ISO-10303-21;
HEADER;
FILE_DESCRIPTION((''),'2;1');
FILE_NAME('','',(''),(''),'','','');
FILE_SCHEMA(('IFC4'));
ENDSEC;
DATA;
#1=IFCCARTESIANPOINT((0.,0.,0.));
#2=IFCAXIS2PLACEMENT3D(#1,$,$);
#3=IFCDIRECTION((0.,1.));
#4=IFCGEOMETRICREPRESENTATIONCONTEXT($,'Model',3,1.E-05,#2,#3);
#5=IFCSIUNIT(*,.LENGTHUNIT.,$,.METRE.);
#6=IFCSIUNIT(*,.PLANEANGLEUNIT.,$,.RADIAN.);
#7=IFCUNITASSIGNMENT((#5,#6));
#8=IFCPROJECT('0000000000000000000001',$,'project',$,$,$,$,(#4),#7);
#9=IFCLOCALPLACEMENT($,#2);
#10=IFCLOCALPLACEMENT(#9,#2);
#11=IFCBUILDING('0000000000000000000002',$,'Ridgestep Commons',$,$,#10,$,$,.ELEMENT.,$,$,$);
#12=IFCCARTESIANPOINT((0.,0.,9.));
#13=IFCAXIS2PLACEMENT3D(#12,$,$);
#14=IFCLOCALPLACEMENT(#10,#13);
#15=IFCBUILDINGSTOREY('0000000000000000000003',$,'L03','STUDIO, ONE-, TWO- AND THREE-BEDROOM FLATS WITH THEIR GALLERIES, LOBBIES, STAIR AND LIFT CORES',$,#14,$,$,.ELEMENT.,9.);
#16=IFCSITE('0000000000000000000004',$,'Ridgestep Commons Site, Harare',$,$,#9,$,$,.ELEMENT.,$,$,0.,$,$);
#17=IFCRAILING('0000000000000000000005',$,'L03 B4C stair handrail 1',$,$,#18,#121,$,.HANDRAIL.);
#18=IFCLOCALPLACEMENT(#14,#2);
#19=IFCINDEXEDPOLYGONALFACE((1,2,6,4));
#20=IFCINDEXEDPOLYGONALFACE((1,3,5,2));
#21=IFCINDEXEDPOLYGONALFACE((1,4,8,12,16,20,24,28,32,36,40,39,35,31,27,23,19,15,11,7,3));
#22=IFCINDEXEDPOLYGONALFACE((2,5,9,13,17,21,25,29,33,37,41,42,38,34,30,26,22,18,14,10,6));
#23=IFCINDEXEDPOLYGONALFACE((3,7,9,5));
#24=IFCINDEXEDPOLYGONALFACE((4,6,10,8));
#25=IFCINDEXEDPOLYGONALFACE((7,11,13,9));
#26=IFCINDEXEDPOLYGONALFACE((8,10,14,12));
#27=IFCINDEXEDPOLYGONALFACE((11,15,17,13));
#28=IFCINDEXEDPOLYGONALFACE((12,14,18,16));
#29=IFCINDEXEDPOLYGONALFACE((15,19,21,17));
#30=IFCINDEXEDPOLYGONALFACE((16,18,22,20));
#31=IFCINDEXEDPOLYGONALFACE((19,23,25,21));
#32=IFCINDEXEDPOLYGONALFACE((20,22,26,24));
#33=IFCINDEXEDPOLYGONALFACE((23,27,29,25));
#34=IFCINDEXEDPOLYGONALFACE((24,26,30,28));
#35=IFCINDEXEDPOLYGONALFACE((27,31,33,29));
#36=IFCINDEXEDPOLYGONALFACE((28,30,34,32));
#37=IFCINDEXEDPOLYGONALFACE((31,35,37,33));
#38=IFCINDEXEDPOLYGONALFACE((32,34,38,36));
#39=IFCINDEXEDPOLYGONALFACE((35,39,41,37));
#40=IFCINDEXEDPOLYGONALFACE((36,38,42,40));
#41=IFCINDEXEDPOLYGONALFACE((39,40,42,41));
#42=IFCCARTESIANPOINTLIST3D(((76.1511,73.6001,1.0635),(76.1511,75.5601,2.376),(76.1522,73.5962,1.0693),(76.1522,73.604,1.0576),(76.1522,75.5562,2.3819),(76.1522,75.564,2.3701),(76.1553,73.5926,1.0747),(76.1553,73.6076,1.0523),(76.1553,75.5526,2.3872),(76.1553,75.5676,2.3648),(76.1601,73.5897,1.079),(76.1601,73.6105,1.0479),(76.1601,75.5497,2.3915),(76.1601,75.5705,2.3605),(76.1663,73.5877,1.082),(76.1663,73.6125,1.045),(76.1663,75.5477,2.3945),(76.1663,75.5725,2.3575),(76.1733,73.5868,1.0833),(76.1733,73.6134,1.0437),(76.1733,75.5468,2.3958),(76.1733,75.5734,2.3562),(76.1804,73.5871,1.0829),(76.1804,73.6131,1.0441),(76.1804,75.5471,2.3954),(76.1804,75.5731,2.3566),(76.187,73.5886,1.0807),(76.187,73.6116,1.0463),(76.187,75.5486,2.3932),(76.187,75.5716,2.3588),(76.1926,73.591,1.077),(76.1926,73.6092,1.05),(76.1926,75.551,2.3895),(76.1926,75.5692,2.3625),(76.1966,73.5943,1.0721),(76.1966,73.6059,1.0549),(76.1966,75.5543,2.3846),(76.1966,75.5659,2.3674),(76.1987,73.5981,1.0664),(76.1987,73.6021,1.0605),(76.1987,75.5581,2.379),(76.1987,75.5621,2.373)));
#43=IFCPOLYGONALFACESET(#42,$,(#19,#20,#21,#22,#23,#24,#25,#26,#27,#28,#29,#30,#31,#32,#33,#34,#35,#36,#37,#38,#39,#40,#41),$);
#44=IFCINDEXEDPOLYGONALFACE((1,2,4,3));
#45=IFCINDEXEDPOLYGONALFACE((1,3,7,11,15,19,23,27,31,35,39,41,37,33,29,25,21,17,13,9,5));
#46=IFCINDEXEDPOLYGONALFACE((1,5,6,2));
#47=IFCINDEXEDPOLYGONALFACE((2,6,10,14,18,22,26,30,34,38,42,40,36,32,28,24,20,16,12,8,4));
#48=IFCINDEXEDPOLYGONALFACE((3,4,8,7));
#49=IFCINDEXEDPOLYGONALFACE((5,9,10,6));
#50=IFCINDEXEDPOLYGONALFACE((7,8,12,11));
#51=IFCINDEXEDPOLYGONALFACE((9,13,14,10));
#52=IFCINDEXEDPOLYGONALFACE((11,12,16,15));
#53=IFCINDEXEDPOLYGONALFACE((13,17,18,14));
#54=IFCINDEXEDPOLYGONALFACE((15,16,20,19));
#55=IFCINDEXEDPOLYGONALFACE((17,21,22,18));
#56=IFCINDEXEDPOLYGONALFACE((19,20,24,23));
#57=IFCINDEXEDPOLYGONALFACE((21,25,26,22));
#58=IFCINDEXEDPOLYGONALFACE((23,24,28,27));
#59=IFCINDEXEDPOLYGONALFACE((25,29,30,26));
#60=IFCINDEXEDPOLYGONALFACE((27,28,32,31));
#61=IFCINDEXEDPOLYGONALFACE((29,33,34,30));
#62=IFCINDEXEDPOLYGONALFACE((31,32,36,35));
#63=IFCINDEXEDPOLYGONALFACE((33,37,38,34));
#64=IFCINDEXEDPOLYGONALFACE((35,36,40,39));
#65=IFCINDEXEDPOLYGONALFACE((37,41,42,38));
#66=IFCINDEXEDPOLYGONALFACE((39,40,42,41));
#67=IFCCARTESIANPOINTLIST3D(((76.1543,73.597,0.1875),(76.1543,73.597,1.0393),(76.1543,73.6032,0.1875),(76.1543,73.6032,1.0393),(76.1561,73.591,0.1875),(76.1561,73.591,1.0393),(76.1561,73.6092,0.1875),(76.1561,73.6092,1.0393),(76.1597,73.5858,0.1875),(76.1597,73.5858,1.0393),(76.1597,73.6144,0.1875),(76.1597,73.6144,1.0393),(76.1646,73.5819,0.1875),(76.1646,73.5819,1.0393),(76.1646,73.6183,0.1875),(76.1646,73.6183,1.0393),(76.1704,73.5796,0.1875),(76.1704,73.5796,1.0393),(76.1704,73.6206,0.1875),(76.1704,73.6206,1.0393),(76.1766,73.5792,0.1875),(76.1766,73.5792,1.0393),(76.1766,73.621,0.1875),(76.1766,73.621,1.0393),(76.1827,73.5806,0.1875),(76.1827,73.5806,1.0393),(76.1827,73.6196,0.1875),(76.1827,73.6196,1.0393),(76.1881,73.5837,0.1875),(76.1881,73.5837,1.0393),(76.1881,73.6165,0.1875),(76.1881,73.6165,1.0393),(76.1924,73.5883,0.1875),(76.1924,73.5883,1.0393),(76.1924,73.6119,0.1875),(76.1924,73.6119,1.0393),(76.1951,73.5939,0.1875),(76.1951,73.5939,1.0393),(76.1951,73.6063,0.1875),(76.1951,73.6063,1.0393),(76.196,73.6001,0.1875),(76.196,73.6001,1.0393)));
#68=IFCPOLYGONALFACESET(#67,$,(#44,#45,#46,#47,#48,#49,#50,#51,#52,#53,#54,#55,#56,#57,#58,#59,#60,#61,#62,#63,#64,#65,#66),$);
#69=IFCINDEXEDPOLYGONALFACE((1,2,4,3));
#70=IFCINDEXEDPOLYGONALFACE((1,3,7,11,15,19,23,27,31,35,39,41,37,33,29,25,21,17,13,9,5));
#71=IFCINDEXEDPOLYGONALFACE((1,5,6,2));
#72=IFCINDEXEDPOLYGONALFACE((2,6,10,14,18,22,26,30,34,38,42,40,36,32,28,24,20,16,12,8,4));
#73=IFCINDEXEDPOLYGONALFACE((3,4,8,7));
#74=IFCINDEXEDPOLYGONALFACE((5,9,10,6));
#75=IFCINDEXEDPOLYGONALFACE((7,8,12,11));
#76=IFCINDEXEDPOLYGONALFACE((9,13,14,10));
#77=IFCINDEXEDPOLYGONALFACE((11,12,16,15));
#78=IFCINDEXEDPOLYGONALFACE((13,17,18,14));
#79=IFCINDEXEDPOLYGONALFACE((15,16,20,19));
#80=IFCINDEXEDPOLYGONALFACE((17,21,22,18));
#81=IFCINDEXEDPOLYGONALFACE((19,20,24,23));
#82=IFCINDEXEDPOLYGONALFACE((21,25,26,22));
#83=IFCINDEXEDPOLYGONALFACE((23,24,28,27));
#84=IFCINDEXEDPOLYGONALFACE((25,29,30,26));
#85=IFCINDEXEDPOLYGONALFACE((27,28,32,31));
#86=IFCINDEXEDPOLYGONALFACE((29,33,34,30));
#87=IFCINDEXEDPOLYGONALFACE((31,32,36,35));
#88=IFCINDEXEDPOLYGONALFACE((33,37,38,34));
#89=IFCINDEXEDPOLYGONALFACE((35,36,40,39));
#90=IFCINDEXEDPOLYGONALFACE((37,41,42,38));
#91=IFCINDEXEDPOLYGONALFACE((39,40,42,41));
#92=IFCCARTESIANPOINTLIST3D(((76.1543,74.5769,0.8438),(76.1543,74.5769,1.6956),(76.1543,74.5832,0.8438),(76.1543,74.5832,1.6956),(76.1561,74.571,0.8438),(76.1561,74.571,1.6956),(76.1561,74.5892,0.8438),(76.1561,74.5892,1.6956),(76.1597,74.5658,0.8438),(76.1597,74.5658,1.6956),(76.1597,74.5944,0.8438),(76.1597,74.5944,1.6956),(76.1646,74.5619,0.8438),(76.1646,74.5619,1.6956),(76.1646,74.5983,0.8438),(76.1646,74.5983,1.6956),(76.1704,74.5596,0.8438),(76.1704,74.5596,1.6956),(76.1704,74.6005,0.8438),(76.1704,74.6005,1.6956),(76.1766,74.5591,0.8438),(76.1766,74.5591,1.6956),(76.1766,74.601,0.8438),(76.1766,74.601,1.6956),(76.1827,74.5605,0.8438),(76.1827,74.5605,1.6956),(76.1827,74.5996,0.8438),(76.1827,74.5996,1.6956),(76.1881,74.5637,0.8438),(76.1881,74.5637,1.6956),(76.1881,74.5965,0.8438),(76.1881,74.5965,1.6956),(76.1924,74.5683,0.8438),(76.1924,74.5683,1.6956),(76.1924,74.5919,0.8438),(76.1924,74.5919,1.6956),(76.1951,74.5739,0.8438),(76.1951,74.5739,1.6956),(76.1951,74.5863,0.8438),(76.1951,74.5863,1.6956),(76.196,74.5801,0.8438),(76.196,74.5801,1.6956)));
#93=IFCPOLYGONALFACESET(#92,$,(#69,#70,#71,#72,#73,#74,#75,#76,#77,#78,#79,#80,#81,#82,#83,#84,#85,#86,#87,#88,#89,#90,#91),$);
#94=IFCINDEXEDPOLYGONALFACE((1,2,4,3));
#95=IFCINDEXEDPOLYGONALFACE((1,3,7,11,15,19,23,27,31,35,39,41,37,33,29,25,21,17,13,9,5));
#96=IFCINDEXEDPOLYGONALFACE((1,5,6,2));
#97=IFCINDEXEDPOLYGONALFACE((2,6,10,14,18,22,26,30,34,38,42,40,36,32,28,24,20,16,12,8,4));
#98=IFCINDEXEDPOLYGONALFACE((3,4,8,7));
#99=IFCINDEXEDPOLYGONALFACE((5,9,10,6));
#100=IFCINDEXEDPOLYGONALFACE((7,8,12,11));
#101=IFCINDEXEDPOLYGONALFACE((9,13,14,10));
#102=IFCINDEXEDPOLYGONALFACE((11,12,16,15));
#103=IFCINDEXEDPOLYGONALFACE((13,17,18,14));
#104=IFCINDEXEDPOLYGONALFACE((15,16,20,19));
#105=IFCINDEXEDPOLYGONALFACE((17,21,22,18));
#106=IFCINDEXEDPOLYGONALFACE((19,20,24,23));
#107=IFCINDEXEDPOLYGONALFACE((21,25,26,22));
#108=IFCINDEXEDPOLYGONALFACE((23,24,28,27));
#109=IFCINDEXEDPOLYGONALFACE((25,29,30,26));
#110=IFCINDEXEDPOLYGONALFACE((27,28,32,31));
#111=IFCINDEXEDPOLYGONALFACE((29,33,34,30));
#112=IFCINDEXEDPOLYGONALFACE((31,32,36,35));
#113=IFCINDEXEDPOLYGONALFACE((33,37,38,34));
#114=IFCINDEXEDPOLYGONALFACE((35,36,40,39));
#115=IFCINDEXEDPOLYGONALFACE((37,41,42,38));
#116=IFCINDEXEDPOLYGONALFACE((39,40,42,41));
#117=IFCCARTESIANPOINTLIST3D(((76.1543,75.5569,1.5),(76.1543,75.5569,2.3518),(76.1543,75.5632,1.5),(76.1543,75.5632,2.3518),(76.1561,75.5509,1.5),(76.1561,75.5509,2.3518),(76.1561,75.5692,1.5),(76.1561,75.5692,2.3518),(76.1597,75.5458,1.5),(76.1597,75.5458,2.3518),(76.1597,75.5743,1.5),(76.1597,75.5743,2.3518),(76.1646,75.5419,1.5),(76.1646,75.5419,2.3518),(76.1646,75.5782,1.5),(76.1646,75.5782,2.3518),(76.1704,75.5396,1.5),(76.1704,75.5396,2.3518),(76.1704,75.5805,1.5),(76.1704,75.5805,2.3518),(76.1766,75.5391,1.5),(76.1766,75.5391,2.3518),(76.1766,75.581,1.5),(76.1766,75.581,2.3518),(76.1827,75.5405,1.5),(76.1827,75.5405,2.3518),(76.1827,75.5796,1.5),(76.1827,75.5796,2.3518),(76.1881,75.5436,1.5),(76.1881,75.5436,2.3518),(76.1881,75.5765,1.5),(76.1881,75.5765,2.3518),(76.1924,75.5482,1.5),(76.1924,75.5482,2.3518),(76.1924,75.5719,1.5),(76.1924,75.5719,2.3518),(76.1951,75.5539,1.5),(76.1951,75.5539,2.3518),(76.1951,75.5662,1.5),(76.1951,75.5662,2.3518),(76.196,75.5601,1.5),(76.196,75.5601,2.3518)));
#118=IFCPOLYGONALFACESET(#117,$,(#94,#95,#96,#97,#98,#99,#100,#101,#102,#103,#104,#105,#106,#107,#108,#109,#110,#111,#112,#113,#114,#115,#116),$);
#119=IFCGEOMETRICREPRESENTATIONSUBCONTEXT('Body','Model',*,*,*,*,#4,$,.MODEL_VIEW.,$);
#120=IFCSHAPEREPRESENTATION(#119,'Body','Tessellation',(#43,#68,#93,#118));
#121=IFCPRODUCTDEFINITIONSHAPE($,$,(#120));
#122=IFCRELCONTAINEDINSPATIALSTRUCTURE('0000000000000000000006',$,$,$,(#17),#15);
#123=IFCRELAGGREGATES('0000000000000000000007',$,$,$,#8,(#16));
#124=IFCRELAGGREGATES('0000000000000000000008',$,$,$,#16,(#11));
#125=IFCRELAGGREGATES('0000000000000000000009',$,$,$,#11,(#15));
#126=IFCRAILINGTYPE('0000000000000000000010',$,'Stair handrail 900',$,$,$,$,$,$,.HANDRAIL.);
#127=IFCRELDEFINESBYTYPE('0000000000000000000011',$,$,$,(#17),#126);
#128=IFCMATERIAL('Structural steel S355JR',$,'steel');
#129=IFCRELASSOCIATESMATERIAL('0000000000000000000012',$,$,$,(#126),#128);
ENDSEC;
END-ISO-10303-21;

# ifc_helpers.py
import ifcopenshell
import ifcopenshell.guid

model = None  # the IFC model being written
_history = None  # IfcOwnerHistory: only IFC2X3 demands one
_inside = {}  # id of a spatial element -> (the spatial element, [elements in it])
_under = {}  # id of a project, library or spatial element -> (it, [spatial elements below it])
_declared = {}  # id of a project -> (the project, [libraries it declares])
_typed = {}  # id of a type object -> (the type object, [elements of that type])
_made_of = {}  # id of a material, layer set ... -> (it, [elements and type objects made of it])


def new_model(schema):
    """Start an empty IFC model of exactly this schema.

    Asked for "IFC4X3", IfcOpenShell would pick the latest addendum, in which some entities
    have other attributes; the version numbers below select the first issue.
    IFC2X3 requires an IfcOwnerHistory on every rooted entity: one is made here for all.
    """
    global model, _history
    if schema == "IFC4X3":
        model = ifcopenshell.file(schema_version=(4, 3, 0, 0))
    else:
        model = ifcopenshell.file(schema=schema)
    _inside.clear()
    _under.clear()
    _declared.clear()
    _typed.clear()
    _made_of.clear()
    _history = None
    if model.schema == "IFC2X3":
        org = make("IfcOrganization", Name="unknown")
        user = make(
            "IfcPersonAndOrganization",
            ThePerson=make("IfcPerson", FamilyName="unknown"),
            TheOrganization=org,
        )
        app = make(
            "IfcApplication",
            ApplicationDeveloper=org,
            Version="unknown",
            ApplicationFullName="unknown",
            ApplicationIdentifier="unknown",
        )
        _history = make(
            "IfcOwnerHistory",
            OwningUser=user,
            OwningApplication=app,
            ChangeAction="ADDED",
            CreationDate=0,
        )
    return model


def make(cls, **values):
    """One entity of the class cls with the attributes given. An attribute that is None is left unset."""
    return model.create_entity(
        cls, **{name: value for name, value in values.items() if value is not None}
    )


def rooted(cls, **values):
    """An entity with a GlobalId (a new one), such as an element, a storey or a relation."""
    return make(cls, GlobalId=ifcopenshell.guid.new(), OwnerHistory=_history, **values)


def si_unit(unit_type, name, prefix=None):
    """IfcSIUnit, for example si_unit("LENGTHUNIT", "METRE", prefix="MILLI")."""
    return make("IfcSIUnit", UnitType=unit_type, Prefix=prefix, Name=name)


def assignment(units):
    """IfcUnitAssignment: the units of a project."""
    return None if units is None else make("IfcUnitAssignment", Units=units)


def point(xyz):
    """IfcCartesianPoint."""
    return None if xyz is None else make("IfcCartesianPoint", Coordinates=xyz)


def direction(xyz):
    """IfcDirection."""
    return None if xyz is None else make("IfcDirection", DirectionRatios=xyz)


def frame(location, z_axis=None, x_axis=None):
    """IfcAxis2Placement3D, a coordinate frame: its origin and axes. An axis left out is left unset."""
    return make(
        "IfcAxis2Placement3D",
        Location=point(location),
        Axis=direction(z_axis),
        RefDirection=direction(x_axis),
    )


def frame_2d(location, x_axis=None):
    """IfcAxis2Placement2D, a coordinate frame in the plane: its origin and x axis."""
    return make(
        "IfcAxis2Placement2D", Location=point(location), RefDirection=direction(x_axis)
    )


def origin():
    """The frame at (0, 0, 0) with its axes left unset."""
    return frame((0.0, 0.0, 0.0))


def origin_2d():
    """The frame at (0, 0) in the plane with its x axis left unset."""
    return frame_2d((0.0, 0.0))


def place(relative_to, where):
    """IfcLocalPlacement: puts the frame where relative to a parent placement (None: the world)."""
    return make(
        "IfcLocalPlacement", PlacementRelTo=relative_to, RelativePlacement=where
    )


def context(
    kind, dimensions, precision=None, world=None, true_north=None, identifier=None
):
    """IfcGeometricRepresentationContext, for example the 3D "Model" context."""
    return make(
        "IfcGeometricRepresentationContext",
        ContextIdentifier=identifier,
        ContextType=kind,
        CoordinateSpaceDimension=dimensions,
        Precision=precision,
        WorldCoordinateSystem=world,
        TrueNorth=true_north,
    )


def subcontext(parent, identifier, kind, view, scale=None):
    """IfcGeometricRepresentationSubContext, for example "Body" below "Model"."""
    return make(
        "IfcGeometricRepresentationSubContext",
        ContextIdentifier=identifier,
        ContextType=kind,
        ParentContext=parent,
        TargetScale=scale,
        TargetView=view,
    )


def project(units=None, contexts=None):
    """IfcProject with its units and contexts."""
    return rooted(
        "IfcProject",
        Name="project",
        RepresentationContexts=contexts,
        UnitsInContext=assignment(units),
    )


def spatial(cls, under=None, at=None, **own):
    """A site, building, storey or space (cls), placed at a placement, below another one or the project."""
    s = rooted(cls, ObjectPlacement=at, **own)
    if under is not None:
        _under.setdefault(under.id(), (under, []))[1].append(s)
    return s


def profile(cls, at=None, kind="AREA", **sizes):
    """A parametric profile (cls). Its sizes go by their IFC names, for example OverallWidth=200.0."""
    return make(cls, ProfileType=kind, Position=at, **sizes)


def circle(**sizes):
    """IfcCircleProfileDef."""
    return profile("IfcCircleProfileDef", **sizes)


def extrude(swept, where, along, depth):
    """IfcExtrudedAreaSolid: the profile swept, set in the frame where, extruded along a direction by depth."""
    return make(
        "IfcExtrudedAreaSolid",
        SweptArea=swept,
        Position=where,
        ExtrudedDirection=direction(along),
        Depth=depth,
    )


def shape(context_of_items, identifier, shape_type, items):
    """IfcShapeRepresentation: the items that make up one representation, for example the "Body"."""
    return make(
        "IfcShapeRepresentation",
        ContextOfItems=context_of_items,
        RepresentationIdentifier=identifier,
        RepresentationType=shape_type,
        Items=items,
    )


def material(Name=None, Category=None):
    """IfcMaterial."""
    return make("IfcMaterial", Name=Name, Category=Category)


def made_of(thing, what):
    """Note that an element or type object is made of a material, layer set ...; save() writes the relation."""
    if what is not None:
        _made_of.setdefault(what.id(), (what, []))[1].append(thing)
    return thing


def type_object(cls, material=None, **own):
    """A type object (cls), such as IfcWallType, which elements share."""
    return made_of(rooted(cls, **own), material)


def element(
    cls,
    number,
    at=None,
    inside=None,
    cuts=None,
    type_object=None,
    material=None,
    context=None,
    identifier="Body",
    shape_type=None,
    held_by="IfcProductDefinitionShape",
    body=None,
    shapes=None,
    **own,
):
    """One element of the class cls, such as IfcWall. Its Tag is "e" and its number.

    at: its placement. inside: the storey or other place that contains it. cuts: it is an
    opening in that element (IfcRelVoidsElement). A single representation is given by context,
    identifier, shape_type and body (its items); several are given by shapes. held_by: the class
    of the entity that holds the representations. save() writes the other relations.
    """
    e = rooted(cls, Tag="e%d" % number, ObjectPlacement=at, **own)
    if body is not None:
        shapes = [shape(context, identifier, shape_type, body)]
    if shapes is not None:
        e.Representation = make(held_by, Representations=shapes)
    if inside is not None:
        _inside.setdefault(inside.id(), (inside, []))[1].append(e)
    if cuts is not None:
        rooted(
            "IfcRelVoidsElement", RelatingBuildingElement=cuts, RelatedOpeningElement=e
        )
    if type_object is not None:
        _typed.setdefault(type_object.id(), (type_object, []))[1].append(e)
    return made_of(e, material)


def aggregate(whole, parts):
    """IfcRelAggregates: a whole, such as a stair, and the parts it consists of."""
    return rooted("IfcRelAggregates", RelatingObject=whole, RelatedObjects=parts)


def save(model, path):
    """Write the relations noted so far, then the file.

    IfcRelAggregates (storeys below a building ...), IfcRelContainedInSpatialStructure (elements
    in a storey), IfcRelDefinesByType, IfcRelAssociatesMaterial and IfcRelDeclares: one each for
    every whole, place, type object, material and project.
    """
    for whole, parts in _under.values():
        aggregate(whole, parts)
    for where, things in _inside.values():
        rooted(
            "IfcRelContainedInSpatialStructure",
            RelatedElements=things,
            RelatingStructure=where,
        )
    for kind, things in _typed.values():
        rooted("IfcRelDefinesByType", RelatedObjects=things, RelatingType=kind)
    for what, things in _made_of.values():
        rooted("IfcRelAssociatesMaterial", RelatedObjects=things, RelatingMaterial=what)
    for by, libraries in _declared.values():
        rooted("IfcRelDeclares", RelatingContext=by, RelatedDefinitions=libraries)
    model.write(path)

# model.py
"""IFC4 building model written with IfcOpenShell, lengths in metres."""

from ifc_helpers import new_model, si_unit, direction, frame, origin, origin_2d, place, context, subcontext, project, spatial, circle, extrude, material, type_object, element, save


model = new_model("IFC4")

# Units and contexts
model_context = context("Model", 3, precision=1e-05, world=origin(), true_north=direction((0.0, 1.0)))
body_context = subcontext(model_context, "Body", "Model", "MODEL_VIEW")
ifc_project = project(units=[si_unit("LENGTHUNIT", "METRE"), si_unit("PLANEANGLEUNIT", "RADIAN")], contexts=[model_context])

# Site, building, storey
site_placement = place(None, origin())
site = spatial("IfcSite", under=ifc_project, at=site_placement, Name="Ridgestep Commons Site, Harare", CompositionType="ELEMENT", RefElevation=0.0)
building_placement = place(site_placement, origin())
building = spatial("IfcBuilding", under=site, at=building_placement, Name="Ridgestep Commons", CompositionType="ELEMENT")
storey_placement = place(building_placement, frame((0.0, 0.0, 9.0)))
storey = spatial("IfcBuildingStorey", under=building, at=storey_placement, Name="L03", Description="STUDIO, ONE-, TWO- AND THREE-BEDROOM FLATS WITH THEIR GALLERIES, LOBBIES, STAIR AND LIFT CORES", CompositionType="ELEMENT", Elevation=9.0)

# Railing
ifc_material_1 = material(Name="Structural steel S355JR", Category="steel")
railing_type_1 = type_object("IfcRailingType", Name="Stair handrail 900", PredefinedType="HANDRAIL", material=ifc_material_1)
railing_1_placement = place(storey_placement, frame((76.175, 73.6001, 0.1875)))
element("IfcRailing", 1, at=railing_1_placement, inside=storey, type_object=railing_type_1, Name="L03 B4C stair handrail 1", PredefinedType="HANDRAIL", context=body_context, shape_type="SweptSolid", body=[
    extrude(circle(Radius=0.0239, at=origin_2d()), frame((0.0, 0.0, 0.876), z_axis=(0.0, 0.830902, 0.556419), x_axis=(-1.0, 0.0, 0.0)), (0.0, 0.0, 1.0), 2.3589),
    extrude(circle(Radius=0.021, at=origin_2d()), origin(), (0.0, 0.0, 1.0), 0.8518),
    extrude(circle(Radius=0.021, at=origin_2d()), frame((0.0, 0.98, 0.6562)), (0.0, 0.0, 1.0), 0.8518),
    extrude(circle(Radius=0.021, at=origin_2d()), frame((0.0, 1.96, 1.3125)), (0.0, 0.0, 1.0), 0.8518),
])

save(model, "model.ifc")
